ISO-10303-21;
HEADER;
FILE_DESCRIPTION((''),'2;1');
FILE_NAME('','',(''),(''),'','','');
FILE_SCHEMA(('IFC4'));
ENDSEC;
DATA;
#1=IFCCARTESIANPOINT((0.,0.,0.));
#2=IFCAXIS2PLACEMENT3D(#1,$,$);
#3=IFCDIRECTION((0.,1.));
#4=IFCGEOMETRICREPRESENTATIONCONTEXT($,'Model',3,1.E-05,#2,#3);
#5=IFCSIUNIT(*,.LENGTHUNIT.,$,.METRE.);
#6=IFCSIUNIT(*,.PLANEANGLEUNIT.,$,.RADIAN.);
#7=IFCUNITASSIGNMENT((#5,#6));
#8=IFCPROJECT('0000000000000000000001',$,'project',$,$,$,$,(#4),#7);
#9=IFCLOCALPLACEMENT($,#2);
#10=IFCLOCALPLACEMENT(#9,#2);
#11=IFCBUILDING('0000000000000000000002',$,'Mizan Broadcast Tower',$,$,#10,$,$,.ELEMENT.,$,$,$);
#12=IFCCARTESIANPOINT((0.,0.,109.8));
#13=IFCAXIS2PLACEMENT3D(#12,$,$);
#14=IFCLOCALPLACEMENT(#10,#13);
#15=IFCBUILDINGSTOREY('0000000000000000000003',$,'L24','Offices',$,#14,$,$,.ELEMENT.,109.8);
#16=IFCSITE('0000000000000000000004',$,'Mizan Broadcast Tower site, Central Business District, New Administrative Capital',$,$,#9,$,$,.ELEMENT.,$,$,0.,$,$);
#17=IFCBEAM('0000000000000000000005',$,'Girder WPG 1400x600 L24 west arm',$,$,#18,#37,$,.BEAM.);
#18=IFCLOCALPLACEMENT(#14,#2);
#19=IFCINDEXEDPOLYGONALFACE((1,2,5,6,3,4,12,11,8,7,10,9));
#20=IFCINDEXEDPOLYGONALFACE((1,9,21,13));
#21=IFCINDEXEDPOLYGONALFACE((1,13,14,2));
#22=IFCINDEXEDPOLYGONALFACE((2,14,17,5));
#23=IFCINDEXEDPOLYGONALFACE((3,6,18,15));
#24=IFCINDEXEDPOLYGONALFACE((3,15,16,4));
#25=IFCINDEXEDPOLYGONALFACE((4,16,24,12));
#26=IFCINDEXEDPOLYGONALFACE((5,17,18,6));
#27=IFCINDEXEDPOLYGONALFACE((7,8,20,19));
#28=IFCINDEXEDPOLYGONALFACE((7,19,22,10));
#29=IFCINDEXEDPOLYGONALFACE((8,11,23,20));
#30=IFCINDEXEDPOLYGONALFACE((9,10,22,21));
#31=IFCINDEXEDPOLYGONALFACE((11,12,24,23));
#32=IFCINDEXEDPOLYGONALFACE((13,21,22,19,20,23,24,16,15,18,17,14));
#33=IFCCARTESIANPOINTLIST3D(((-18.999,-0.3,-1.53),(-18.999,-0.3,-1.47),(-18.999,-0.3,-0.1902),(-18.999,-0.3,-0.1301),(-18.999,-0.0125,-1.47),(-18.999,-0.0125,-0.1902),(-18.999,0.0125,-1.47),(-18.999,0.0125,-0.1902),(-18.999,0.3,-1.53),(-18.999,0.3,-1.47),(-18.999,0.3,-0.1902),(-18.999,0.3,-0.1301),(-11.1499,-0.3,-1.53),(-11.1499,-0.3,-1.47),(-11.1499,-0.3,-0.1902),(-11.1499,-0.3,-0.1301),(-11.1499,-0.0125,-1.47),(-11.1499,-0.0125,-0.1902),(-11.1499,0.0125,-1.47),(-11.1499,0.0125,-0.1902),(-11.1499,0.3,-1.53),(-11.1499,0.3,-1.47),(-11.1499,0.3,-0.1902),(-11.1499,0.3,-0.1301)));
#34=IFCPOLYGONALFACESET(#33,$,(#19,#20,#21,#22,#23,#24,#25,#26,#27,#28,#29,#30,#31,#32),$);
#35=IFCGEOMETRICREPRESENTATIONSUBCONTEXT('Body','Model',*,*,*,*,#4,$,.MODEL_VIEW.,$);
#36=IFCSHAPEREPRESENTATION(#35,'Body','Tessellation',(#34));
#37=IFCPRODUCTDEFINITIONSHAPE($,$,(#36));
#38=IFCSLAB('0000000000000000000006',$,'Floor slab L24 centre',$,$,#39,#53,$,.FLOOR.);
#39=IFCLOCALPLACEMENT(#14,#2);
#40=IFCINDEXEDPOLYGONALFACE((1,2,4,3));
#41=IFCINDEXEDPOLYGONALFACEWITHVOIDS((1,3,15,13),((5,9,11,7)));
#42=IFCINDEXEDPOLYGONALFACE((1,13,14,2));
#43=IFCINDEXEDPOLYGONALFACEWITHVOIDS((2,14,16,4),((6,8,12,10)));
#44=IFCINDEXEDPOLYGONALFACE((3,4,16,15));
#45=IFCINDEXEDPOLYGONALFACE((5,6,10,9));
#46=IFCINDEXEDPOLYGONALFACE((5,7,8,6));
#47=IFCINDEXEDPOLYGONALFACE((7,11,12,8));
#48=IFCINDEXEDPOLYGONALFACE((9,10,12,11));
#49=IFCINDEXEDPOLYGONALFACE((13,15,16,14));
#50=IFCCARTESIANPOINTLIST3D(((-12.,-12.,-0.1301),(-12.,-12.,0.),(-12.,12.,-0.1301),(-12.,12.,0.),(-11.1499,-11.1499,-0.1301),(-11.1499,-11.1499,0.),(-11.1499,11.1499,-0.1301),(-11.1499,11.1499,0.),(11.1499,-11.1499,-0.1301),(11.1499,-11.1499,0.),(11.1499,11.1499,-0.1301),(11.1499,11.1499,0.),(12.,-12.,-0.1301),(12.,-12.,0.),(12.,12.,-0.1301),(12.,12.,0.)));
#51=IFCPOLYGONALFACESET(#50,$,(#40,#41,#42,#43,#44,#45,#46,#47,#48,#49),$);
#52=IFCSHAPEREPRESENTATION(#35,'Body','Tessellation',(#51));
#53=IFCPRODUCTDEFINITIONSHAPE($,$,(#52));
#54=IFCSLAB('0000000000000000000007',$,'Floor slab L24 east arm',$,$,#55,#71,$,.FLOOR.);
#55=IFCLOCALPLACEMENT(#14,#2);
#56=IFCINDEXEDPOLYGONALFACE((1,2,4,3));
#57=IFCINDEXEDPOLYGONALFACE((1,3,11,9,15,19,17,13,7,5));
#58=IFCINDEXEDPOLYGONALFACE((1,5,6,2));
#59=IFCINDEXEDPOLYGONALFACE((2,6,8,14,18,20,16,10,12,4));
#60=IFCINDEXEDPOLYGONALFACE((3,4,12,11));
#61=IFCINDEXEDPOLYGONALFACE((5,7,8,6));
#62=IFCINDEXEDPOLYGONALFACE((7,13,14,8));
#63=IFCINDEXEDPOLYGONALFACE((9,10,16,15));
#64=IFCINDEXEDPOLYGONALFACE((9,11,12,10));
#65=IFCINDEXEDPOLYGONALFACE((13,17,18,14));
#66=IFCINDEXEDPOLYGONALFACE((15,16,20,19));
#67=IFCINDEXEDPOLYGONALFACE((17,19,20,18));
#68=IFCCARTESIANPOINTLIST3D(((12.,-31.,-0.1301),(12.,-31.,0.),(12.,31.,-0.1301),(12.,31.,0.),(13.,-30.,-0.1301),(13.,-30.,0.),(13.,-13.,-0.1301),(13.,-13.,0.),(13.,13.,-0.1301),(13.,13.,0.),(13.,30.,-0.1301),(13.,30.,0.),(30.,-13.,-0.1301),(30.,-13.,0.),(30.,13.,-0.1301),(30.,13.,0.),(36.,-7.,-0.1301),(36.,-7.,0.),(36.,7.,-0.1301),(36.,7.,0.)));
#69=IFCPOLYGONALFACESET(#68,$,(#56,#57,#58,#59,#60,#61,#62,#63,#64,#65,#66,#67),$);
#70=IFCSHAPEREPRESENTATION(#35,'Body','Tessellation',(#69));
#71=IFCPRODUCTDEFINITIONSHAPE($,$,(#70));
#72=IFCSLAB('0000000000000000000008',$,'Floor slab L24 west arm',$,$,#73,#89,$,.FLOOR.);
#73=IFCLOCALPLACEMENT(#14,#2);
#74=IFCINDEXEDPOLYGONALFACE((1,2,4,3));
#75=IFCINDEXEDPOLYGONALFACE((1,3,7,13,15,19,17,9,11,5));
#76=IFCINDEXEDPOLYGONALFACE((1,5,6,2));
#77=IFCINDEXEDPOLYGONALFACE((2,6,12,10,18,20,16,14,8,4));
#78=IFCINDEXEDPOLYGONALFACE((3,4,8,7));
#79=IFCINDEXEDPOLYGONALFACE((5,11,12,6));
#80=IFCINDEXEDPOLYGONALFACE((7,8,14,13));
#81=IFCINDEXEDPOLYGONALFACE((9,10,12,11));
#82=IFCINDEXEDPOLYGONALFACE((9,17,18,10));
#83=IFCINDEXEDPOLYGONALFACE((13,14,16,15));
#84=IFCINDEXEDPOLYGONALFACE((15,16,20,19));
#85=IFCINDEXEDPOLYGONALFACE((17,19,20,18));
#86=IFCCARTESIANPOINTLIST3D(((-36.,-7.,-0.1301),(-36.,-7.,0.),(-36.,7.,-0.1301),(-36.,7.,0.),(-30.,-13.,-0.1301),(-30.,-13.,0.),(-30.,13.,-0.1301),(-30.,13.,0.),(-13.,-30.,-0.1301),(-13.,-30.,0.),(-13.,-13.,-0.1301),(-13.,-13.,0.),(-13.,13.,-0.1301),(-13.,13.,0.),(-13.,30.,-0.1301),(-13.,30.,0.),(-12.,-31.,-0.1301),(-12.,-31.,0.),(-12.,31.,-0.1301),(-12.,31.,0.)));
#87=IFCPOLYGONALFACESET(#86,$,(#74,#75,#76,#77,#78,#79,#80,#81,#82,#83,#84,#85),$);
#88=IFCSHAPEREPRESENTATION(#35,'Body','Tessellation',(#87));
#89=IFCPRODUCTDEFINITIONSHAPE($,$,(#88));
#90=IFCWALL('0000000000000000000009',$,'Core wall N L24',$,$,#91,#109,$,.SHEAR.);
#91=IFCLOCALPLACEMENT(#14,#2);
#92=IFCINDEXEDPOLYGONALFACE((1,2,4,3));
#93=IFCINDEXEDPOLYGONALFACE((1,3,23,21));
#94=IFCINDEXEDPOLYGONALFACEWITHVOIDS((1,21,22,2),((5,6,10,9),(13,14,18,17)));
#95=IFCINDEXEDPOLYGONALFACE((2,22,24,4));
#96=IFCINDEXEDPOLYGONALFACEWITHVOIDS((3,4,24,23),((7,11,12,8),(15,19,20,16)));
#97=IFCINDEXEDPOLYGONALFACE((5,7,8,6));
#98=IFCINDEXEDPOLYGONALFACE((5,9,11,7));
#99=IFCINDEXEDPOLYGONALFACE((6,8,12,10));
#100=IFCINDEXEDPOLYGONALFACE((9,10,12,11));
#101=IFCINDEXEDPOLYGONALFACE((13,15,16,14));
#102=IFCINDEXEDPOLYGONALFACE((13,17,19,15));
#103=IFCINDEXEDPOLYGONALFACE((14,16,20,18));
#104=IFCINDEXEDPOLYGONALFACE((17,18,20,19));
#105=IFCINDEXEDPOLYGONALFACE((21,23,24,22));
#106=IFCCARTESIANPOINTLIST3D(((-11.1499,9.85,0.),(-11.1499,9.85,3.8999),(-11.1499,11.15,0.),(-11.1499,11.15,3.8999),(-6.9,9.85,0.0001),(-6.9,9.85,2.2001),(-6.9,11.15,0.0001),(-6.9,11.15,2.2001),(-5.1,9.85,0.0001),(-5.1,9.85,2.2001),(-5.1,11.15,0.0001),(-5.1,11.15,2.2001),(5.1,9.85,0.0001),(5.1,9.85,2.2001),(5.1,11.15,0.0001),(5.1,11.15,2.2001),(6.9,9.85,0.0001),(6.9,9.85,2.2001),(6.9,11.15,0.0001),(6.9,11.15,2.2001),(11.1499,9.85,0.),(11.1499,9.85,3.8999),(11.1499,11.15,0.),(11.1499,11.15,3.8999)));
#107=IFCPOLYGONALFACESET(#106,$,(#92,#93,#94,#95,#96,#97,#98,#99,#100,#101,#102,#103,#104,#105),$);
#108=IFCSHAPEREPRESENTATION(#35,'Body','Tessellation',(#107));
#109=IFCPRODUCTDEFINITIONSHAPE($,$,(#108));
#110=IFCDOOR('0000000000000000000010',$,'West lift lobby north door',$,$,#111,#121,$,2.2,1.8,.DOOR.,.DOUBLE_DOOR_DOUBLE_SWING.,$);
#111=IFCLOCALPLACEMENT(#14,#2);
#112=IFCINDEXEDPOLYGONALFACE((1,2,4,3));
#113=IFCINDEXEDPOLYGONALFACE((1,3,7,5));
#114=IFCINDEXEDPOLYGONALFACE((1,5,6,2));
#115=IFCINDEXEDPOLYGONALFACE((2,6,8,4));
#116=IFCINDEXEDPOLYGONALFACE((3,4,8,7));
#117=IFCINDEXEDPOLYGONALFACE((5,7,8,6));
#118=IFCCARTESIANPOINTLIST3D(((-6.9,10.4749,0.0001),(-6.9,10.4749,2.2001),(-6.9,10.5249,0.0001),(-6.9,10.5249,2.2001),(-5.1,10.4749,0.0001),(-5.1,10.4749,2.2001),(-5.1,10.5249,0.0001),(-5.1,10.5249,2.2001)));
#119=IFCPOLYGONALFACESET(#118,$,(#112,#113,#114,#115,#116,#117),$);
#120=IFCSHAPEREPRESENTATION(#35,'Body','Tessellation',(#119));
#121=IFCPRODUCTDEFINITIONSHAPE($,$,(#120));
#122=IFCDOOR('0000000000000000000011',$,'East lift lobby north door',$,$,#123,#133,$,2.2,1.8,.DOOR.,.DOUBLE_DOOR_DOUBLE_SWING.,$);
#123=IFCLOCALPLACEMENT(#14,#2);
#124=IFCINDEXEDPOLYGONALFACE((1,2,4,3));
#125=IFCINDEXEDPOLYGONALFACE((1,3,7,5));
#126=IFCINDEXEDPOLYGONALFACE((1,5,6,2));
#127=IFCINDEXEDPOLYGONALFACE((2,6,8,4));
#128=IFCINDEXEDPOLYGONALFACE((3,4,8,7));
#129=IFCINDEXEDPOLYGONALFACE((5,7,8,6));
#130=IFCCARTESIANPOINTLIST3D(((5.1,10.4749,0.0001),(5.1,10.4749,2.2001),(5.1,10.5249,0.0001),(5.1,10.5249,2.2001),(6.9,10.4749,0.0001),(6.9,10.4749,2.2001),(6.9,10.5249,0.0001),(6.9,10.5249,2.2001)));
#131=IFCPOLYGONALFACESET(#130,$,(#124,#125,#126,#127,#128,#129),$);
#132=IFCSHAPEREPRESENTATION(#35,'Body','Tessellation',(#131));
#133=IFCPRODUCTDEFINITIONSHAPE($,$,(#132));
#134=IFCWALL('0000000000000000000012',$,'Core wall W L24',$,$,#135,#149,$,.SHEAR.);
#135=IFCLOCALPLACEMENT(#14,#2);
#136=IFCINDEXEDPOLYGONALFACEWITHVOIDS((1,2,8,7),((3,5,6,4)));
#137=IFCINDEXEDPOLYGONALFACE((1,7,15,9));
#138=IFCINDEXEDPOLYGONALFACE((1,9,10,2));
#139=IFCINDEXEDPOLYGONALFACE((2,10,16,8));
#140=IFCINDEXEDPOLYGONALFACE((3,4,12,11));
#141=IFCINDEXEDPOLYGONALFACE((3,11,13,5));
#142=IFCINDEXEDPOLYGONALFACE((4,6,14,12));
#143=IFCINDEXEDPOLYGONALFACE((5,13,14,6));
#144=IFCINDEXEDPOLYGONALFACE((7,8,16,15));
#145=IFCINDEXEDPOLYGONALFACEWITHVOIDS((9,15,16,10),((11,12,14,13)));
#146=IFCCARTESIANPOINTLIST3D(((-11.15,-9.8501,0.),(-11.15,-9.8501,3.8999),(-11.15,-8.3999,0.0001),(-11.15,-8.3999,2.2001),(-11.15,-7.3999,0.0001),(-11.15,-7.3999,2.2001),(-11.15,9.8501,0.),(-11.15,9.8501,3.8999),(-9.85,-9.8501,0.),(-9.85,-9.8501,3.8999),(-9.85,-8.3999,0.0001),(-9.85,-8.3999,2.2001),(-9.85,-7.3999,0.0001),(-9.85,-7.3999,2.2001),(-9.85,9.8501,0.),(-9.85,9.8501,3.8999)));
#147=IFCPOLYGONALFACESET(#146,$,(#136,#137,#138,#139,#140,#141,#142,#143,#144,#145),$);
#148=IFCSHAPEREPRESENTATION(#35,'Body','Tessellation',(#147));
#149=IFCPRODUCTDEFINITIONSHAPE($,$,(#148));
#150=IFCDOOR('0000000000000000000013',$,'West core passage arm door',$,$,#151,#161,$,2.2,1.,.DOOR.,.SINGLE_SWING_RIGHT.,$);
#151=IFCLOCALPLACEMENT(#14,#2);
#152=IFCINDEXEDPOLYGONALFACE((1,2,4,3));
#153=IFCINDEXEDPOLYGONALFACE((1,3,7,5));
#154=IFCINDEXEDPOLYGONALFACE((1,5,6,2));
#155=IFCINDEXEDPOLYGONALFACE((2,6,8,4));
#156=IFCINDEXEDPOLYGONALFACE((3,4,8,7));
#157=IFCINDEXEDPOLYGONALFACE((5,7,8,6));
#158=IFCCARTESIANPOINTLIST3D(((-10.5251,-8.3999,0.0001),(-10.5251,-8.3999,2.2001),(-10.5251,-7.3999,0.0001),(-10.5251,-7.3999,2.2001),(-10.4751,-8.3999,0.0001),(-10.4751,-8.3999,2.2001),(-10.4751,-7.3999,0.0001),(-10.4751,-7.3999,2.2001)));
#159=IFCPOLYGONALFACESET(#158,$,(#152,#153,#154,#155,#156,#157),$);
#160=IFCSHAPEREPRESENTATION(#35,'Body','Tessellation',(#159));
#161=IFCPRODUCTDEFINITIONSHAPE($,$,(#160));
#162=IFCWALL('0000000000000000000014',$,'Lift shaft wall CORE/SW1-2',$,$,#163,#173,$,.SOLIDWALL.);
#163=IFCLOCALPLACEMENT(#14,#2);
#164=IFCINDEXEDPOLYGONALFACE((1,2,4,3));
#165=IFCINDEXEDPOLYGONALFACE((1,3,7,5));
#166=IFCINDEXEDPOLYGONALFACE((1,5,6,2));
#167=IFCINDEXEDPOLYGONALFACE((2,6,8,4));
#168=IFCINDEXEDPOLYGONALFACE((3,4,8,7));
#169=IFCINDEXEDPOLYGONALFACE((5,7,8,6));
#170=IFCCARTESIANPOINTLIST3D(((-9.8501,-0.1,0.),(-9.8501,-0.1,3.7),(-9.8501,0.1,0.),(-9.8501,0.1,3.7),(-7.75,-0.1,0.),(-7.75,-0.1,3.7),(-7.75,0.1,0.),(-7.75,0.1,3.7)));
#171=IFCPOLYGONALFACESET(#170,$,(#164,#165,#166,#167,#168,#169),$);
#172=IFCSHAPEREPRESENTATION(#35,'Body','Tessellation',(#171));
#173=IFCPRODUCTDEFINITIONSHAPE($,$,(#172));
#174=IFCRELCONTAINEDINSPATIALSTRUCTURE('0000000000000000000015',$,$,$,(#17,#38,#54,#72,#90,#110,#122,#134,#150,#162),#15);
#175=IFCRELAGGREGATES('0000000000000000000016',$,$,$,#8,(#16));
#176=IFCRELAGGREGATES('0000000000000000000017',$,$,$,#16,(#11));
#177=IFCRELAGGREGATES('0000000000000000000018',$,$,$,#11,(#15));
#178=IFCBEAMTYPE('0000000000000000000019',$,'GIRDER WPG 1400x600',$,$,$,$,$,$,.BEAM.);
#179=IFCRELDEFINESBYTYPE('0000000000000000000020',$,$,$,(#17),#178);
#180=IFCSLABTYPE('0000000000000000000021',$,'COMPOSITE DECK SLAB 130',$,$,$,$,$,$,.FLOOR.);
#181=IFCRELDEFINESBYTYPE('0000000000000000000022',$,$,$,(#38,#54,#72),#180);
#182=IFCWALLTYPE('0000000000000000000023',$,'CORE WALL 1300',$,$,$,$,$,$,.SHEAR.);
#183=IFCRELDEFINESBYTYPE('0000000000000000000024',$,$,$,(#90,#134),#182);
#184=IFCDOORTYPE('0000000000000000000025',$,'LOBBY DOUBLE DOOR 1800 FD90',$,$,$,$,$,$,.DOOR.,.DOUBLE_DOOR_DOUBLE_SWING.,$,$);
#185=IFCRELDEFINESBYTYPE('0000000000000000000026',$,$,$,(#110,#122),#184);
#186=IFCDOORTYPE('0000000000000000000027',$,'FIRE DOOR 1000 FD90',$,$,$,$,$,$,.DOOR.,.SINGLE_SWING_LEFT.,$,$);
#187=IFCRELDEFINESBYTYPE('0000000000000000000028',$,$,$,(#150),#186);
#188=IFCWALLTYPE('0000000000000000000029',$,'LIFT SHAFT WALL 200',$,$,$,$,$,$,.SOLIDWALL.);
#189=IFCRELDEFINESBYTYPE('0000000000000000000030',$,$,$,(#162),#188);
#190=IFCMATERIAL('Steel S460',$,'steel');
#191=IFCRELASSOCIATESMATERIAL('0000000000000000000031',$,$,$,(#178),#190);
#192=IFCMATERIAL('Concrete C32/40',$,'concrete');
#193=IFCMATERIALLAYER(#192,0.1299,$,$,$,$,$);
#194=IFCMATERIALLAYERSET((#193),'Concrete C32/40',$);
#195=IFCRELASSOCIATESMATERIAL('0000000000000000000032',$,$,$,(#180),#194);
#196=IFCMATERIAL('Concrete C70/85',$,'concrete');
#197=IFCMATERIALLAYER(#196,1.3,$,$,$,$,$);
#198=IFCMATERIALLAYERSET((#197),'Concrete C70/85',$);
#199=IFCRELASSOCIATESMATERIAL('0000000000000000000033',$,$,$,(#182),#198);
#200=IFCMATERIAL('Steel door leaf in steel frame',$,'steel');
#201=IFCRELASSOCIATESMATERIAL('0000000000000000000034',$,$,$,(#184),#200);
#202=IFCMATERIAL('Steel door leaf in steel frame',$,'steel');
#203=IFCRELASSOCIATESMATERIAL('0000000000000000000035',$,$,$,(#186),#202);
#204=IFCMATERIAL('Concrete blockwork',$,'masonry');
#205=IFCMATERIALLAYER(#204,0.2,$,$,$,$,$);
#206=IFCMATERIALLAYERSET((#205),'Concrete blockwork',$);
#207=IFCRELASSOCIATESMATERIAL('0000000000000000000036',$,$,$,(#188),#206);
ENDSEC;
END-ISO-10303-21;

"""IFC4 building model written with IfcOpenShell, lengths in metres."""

from ifc_helpers import new_model, si_unit, direction, frame, frame_2d, origin, origin_2d, place, context, subcontext, project, spatial, polyline, rectangle, i_section, outline, extrude, material, layer, layer_set, material_profile, profile_set, type_object, element, fill, save


model = new_model("IFC4")

# Units and contexts
model_context = context("Model", 3, precision=1e-05, world=origin(), true_north=direction((0.0, 1.0)))
body_context = subcontext(model_context, "Body", "Model", "MODEL_VIEW")
ifc_project = project(units=[si_unit("LENGTHUNIT", "METRE"), si_unit("PLANEANGLEUNIT", "RADIAN")], contexts=[model_context])

# Site, building, storey
site_placement = place(None, origin())
site = spatial("IfcSite", under=ifc_project, at=site_placement, Name="Mizan Broadcast Tower site, Central Business District, New Administrative Capital", CompositionType="ELEMENT", RefElevation=0.0)
building_placement = place(site_placement, origin())
building = spatial("IfcBuilding", under=site, at=building_placement, Name="Mizan Broadcast Tower", CompositionType="ELEMENT")
storey_placement = place(building_placement, frame((0.0, 0.0, 109.8)))
storey = spatial("IfcBuildingStorey", under=building, at=storey_placement, Name="L24", Description="Offices", CompositionType="ELEMENT", Elevation=109.8)

# Beam
ifc_material_1 = material(Name="Steel S460", Category="steel")
ifc_material_profile = material_profile(ifc_material_1, i_section(OverallWidth=0.6001, OverallDepth=1.3999, WebThickness=0.0249, FlangeThickness=0.0601, at=origin_2d()), Name="WPG 1400x600")
ifc_profile_set = profile_set([ifc_material_profile], Name="Steel S460")
beam_type = type_object("IfcBeamType", Name="GIRDER WPG 1400x600", PredefinedType="BEAM", material=ifc_profile_set)
beam_placement = place(storey_placement, frame((-11.1499, 0.0, -0.8301), z_axis=(-1.0, 0.0, 0.0), x_axis=(0.0, -1.0, 0.0)))
element("IfcBeam", 1, at=beam_placement, inside=storey, type_object=beam_type, Name="Girder WPG 1400x600 L24 west arm", PredefinedType="BEAM", context=body_context, shape_type="SweptSolid", body=[
    extrude(i_section(OverallWidth=0.6001, OverallDepth=1.3999, WebThickness=0.0249, FlangeThickness=0.0601, at=origin_2d()), origin(), (0.0, 0.0, 1.0), 7.8491),
])

# Slabs
ifc_material_2 = material(Name="Concrete C32/40", Category="concrete")
ifc_layer_1 = layer(ifc_material_2, 0.1299)
ifc_layer_set_1 = layer_set([ifc_layer_1], Name="Concrete C32/40")
slab_type = type_object("IfcSlabType", Name="COMPOSITE DECK SLAB 130", PredefinedType="FLOOR", material=ifc_layer_set_1)
slab_1_placement = place(storey_placement, frame((0.0, 0.0, -0.1301)))
element("IfcSlab", 2, at=slab_1_placement, inside=storey, type_object=slab_type, Name="Floor slab L24 centre", PredefinedType="FLOOR", context=body_context, shape_type="SweptSolid", body=[
    extrude(outline(polyline([(-12.0, -12.0), (12.0, -12.0), (12.0, 12.0), (-12.0, 12.0), (-12.0, -12.0)]), holes=[polyline([(-11.1499, 11.1499), (11.1499, 11.1499), (11.1499, -11.1499), (-11.1499, -11.1499), (-11.1499, 11.1499)])]), origin(), (0.0, 0.0, 1.0), 0.1301),
])
slab_2_placement = place(storey_placement, frame((0.0, 0.0, -0.1301)))
element("IfcSlab", 3, at=slab_2_placement, inside=storey, type_object=slab_type, Name="Floor slab L24 east arm", PredefinedType="FLOOR", context=body_context, shape_type="SweptSolid", body=[
    extrude(outline(polyline([(12.0, -31.0), (13.0, -30.0), (13.0, -13.0), (30.0, -13.0), (36.0, -7.0), (36.0, 7.0), (30.0, 13.0), (13.0, 13.0), (13.0, 30.0), (12.0, 31.0), (12.0, -31.0)])), origin(), (0.0, 0.0, 1.0), 0.1301),
])
slab_3_placement = place(storey_placement, frame((0.0, 0.0, -0.1301)))
element("IfcSlab", 4, at=slab_3_placement, inside=storey, type_object=slab_type, Name="Floor slab L24 west arm", PredefinedType="FLOOR", context=body_context, shape_type="SweptSolid", body=[
    extrude(outline(polyline([(-13.0, -30.0), (-12.0, -31.0), (-12.0, 31.0), (-13.0, 30.0), (-13.0, 13.0), (-30.0, 13.0), (-36.0, 7.0), (-36.0, -7.0), (-30.0, -13.0), (-13.0, -13.0), (-13.0, -30.0)])), origin(), (0.0, 0.0, 1.0), 0.1301),
])

# Wall, openings, doors
ifc_material_3 = material(Name="Concrete C70/85", Category="concrete")
ifc_layer_2 = layer(ifc_material_3, 1.3)
ifc_layer_set_2 = layer_set([ifc_layer_2], Name="Concrete C70/85")
wall_type_1 = type_object("IfcWallType", Name="CORE WALL 1300", PredefinedType="SHEAR", material=ifc_layer_set_2)
wall_1_placement = place(storey_placement, frame((-11.1499, 10.5, 0.0), z_axis=(0.0, 0.0, 1.0), x_axis=(1.0, 0.0, 0.0)))
wall_1 = element("IfcWall", 5, at=wall_1_placement, inside=storey, type_object=wall_type_1, Name="Core wall N L24", PredefinedType="SHEAR", context=body_context, shape_type="SweptSolid", body=[
    extrude(rectangle(XDim=22.2998, YDim=1.3, at=frame_2d((11.1499, 0.0))), origin(), (0.0, 0.0, 1.0), 3.8999),
])
opening_1_placement = place(wall_1_placement, frame((4.25, 0.0, 0.0)))
opening_1 = element("IfcOpeningElement", 6, at=opening_1_placement, cuts=wall_1, PredefinedType="OPENING", context=body_context, shape_type="SweptSolid", body=[
    extrude(rectangle(XDim=1.8, YDim=2.2, at=frame_2d((0.8999, 1.1001))), frame((0.0, 0.6599, 0.0), z_axis=(0.0, -1.0, 0.0), x_axis=(1.0, 0.0, 0.0)), (0.0, 0.0, 1.0), 1.3201),
])
opening_2_placement = place(wall_1_placement, frame((16.25, 0.0, 0.0)))
opening_2 = element("IfcOpeningElement", 7, at=opening_2_placement, cuts=wall_1, PredefinedType="OPENING", context=body_context, shape_type="SweptSolid", body=[
    extrude(rectangle(XDim=1.8, YDim=2.2, at=frame_2d((0.8999, 1.1001))), frame((0.0, 0.6599, 0.0), z_axis=(0.0, -1.0, 0.0), x_axis=(1.0, 0.0, 0.0)), (0.0, 0.0, 1.0), 1.3201),
])
ifc_material_4 = material(Name="Steel door leaf in steel frame", Category="steel")
door_type_1 = type_object("IfcDoorType", Name="LOBBY DOUBLE DOOR 1800 FD90", OperationType="DOUBLE_DOOR_DOUBLE_SWING", PredefinedType="DOOR", material=ifc_material_4)
door_1_placement = place(opening_1_placement, origin())
door_1 = element("IfcDoor", 8, at=door_1_placement, inside=storey, type_object=door_type_1, Name="West lift lobby north door", OperationType="DOUBLE_DOOR_DOUBLE_SWING", OverallHeight=2.2, OverallWidth=1.8, PredefinedType="DOOR", context=body_context, shape_type="SweptSolid", body=[
    extrude(rectangle(XDim=1.8, YDim=2.2, at=frame_2d((0.8999, 1.1001))), frame((0.0, 0.0249, 0.0), z_axis=(0.0, -1.0, 0.0), x_axis=(1.0, 0.0, 0.0)), (0.0, 0.0, 1.0), 0.05),
])
fill(opening_1, door_1)
door_2_placement = place(opening_2_placement, origin())
door_2 = element("IfcDoor", 9, at=door_2_placement, inside=storey, type_object=door_type_1, Name="East lift lobby north door", OperationType="DOUBLE_DOOR_DOUBLE_SWING", OverallHeight=2.2, OverallWidth=1.8, PredefinedType="DOOR", context=body_context, shape_type="SweptSolid", body=[
    extrude(rectangle(XDim=1.8, YDim=2.2, at=frame_2d((0.8999, 1.1001))), frame((0.0, 0.0249, 0.0), z_axis=(0.0, -1.0, 0.0), x_axis=(1.0, 0.0, 0.0)), (0.0, 0.0, 1.0), 0.05),
])
fill(opening_2, door_2)

# Wall, opening, door
wall_2_placement = place(storey_placement, frame((-10.5, 9.8501, 0.0), z_axis=(0.0, 0.0, 1.0), x_axis=(0.0, -1.0, 0.0)))
wall_2 = element("IfcWall", 10, at=wall_2_placement, inside=storey, type_object=wall_type_1, Name="Core wall W L24", PredefinedType="SHEAR", context=body_context, shape_type="SweptSolid", body=[
    extrude(rectangle(XDim=19.7002, YDim=1.3, at=frame_2d((9.8501, 0.0))), origin(), (0.0, 0.0, 1.0), 3.8999),
])
opening_3_placement = place(wall_2_placement, frame((17.25, 0.0, 0.0)))
opening_3 = element("IfcOpeningElement", 11, at=opening_3_placement, cuts=wall_2, PredefinedType="OPENING", context=body_context, shape_type="SweptSolid", body=[
    extrude(rectangle(XDim=1.0, YDim=2.2, at=frame_2d((0.5, 1.1001))), frame((0.0, 0.6599, 0.0), z_axis=(0.0, -1.0, 0.0), x_axis=(1.0, 0.0, 0.0)), (0.0, 0.0, 1.0), 1.3201),
])
ifc_material_5 = material(Name="Steel door leaf in steel frame", Category="steel")
door_type_2 = type_object("IfcDoorType", Name="FIRE DOOR 1000 FD90", OperationType="SINGLE_SWING_LEFT", PredefinedType="DOOR", material=ifc_material_5)
door_3_placement = place(opening_3_placement, origin())
door_3 = element("IfcDoor", 12, at=door_3_placement, inside=storey, type_object=door_type_2, Name="West core passage arm door", OperationType="SINGLE_SWING_RIGHT", OverallHeight=2.2, OverallWidth=1.0, PredefinedType="DOOR", context=body_context, shape_type="SweptSolid", body=[
    extrude(rectangle(XDim=1.0, YDim=2.2, at=frame_2d((0.5, 1.1001))), frame((0.0, 0.0249, 0.0), z_axis=(0.0, -1.0, 0.0), x_axis=(1.0, 0.0, 0.0)), (0.0, 0.0, 1.0), 0.05),
])
fill(opening_3, door_3)

# Wall
ifc_material_6 = material(Name="Concrete blockwork", Category="masonry")
ifc_layer_3 = layer(ifc_material_6, 0.2)
ifc_layer_set_3 = layer_set([ifc_layer_3], Name="Concrete blockwork")
wall_type_2 = type_object("IfcWallType", Name="LIFT SHAFT WALL 200", PredefinedType="SOLIDWALL", material=ifc_layer_set_3)
wall_3_placement = place(storey_placement, frame((-9.8501, 0.0, 0.0), z_axis=(0.0, 0.0, 1.0), x_axis=(1.0, 0.0, 0.0)))
element("IfcWall", 13, at=wall_3_placement, inside=storey, type_object=wall_type_2, Name="Lift shaft wall CORE/SW1-2", PredefinedType="SOLIDWALL", context=body_context, shape_type="SweptSolid", body=[
    extrude(rectangle(XDim=2.1001, YDim=0.2, at=frame_2d((1.05, 0.0))), origin(), (0.0, 0.0, 1.0), 3.7),
])

save(model, "model.ifc")
